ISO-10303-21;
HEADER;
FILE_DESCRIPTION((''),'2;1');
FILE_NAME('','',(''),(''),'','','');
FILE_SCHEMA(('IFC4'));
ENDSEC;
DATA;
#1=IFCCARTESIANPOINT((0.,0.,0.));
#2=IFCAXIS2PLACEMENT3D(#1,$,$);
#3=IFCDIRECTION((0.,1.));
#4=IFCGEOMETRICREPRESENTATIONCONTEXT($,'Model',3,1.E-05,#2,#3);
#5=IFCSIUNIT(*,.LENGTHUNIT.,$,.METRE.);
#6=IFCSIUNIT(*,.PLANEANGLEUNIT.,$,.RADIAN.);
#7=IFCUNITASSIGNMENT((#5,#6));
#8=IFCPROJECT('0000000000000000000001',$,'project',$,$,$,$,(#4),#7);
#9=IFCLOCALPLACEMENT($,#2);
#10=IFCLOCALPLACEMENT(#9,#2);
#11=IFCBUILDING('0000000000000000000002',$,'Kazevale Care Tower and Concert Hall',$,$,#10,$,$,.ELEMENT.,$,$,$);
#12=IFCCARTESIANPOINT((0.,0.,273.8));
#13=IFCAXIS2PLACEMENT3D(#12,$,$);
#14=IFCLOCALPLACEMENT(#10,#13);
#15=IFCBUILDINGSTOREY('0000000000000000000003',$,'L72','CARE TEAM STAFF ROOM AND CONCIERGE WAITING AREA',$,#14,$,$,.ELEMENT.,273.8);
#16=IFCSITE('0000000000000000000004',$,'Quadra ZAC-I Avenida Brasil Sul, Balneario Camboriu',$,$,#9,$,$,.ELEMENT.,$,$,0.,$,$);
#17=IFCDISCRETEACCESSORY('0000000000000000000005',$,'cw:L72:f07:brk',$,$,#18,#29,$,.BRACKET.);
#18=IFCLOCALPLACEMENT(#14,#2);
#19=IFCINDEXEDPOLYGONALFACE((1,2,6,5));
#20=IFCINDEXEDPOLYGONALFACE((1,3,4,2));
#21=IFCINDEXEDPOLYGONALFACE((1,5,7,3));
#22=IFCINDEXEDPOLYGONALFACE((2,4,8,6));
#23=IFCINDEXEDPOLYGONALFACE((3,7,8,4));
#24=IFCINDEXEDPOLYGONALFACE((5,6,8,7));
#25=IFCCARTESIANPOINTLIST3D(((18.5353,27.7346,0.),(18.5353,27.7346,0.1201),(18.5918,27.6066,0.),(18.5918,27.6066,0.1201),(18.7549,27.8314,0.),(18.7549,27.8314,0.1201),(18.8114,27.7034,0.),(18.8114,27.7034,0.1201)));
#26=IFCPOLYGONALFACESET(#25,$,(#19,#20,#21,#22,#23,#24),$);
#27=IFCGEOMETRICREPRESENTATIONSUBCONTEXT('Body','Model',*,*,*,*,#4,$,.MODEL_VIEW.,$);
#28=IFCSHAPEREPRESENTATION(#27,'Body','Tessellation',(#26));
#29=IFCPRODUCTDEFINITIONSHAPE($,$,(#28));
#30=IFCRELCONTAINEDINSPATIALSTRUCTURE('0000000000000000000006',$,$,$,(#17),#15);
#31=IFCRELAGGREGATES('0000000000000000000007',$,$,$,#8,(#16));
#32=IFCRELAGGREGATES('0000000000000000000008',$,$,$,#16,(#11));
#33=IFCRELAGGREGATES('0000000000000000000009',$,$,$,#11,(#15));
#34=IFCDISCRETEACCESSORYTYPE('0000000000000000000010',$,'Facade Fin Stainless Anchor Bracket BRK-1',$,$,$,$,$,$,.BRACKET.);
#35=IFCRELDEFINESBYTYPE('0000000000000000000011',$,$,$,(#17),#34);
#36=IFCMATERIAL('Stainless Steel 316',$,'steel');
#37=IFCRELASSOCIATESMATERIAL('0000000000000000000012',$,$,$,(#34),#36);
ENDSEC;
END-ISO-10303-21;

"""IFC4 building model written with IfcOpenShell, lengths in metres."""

from ifc_helpers import new_model, si_unit, direction, frame, origin, origin_2d, place, context, subcontext, project, spatial, rectangle, extrude, material, type_object, element, save


model = new_model("IFC4")

# Units and contexts
model_context = context("Model", 3, precision=1e-05, world=origin(), true_north=direction((0.0, 1.0)))
body_context = subcontext(model_context, "Body", "Model", "MODEL_VIEW")
ifc_project = project(units=[si_unit("LENGTHUNIT", "METRE"), si_unit("PLANEANGLEUNIT", "RADIAN")], contexts=[model_context])

# Site, building, storey
site_placement = place(None, origin())
site = spatial("IfcSite", under=ifc_project, at=site_placement, Name="Quadra ZAC-I Avenida Brasil Sul, Balneario Camboriu", CompositionType="ELEMENT", RefElevation=0.0)
building_placement = place(site_placement, origin())
building = spatial("IfcBuilding", under=site, at=building_placement, Name="Kazevale Care Tower and Concert Hall", CompositionType="ELEMENT")
storey_placement = place(building_placement, frame((0.0, 0.0, 273.8)))
storey = spatial("IfcBuildingStorey", under=building, at=storey_placement, Name="L72", Description="CARE TEAM STAFF ROOM AND CONCIERGE WAITING AREA", CompositionType="ELEMENT", Elevation=273.8)

# Shared definitions
ifc_material_1 = material(Name="Stainless Steel 316", Category="steel")

# Discrete accessory
discrete_accessory_type = type_object("IfcDiscreteAccessoryType", Name="Facade Fin Stainless Anchor Bracket BRK-1", PredefinedType="BRACKET", material=ifc_material_1)
discrete_accessory_placement = place(storey_placement, frame((18.6733, 27.719, 0.0), z_axis=(0.0, 0.0, 1.0), x_axis=(-0.91496, -0.403545, 0.0)))
element("IfcDiscreteAccessory", 1, at=discrete_accessory_placement, inside=storey, type_object=discrete_accessory_type, Name="cw:L72:f07:brk", PredefinedType="BRACKET", context=body_context, shape_type="SweptSolid", body=[
    extrude(rectangle(XDim=0.24, YDim=0.1399, at=origin_2d()), origin(), (0.0, 0.0, 1.0), 0.1201),
])

save(model, "model.ifc")
